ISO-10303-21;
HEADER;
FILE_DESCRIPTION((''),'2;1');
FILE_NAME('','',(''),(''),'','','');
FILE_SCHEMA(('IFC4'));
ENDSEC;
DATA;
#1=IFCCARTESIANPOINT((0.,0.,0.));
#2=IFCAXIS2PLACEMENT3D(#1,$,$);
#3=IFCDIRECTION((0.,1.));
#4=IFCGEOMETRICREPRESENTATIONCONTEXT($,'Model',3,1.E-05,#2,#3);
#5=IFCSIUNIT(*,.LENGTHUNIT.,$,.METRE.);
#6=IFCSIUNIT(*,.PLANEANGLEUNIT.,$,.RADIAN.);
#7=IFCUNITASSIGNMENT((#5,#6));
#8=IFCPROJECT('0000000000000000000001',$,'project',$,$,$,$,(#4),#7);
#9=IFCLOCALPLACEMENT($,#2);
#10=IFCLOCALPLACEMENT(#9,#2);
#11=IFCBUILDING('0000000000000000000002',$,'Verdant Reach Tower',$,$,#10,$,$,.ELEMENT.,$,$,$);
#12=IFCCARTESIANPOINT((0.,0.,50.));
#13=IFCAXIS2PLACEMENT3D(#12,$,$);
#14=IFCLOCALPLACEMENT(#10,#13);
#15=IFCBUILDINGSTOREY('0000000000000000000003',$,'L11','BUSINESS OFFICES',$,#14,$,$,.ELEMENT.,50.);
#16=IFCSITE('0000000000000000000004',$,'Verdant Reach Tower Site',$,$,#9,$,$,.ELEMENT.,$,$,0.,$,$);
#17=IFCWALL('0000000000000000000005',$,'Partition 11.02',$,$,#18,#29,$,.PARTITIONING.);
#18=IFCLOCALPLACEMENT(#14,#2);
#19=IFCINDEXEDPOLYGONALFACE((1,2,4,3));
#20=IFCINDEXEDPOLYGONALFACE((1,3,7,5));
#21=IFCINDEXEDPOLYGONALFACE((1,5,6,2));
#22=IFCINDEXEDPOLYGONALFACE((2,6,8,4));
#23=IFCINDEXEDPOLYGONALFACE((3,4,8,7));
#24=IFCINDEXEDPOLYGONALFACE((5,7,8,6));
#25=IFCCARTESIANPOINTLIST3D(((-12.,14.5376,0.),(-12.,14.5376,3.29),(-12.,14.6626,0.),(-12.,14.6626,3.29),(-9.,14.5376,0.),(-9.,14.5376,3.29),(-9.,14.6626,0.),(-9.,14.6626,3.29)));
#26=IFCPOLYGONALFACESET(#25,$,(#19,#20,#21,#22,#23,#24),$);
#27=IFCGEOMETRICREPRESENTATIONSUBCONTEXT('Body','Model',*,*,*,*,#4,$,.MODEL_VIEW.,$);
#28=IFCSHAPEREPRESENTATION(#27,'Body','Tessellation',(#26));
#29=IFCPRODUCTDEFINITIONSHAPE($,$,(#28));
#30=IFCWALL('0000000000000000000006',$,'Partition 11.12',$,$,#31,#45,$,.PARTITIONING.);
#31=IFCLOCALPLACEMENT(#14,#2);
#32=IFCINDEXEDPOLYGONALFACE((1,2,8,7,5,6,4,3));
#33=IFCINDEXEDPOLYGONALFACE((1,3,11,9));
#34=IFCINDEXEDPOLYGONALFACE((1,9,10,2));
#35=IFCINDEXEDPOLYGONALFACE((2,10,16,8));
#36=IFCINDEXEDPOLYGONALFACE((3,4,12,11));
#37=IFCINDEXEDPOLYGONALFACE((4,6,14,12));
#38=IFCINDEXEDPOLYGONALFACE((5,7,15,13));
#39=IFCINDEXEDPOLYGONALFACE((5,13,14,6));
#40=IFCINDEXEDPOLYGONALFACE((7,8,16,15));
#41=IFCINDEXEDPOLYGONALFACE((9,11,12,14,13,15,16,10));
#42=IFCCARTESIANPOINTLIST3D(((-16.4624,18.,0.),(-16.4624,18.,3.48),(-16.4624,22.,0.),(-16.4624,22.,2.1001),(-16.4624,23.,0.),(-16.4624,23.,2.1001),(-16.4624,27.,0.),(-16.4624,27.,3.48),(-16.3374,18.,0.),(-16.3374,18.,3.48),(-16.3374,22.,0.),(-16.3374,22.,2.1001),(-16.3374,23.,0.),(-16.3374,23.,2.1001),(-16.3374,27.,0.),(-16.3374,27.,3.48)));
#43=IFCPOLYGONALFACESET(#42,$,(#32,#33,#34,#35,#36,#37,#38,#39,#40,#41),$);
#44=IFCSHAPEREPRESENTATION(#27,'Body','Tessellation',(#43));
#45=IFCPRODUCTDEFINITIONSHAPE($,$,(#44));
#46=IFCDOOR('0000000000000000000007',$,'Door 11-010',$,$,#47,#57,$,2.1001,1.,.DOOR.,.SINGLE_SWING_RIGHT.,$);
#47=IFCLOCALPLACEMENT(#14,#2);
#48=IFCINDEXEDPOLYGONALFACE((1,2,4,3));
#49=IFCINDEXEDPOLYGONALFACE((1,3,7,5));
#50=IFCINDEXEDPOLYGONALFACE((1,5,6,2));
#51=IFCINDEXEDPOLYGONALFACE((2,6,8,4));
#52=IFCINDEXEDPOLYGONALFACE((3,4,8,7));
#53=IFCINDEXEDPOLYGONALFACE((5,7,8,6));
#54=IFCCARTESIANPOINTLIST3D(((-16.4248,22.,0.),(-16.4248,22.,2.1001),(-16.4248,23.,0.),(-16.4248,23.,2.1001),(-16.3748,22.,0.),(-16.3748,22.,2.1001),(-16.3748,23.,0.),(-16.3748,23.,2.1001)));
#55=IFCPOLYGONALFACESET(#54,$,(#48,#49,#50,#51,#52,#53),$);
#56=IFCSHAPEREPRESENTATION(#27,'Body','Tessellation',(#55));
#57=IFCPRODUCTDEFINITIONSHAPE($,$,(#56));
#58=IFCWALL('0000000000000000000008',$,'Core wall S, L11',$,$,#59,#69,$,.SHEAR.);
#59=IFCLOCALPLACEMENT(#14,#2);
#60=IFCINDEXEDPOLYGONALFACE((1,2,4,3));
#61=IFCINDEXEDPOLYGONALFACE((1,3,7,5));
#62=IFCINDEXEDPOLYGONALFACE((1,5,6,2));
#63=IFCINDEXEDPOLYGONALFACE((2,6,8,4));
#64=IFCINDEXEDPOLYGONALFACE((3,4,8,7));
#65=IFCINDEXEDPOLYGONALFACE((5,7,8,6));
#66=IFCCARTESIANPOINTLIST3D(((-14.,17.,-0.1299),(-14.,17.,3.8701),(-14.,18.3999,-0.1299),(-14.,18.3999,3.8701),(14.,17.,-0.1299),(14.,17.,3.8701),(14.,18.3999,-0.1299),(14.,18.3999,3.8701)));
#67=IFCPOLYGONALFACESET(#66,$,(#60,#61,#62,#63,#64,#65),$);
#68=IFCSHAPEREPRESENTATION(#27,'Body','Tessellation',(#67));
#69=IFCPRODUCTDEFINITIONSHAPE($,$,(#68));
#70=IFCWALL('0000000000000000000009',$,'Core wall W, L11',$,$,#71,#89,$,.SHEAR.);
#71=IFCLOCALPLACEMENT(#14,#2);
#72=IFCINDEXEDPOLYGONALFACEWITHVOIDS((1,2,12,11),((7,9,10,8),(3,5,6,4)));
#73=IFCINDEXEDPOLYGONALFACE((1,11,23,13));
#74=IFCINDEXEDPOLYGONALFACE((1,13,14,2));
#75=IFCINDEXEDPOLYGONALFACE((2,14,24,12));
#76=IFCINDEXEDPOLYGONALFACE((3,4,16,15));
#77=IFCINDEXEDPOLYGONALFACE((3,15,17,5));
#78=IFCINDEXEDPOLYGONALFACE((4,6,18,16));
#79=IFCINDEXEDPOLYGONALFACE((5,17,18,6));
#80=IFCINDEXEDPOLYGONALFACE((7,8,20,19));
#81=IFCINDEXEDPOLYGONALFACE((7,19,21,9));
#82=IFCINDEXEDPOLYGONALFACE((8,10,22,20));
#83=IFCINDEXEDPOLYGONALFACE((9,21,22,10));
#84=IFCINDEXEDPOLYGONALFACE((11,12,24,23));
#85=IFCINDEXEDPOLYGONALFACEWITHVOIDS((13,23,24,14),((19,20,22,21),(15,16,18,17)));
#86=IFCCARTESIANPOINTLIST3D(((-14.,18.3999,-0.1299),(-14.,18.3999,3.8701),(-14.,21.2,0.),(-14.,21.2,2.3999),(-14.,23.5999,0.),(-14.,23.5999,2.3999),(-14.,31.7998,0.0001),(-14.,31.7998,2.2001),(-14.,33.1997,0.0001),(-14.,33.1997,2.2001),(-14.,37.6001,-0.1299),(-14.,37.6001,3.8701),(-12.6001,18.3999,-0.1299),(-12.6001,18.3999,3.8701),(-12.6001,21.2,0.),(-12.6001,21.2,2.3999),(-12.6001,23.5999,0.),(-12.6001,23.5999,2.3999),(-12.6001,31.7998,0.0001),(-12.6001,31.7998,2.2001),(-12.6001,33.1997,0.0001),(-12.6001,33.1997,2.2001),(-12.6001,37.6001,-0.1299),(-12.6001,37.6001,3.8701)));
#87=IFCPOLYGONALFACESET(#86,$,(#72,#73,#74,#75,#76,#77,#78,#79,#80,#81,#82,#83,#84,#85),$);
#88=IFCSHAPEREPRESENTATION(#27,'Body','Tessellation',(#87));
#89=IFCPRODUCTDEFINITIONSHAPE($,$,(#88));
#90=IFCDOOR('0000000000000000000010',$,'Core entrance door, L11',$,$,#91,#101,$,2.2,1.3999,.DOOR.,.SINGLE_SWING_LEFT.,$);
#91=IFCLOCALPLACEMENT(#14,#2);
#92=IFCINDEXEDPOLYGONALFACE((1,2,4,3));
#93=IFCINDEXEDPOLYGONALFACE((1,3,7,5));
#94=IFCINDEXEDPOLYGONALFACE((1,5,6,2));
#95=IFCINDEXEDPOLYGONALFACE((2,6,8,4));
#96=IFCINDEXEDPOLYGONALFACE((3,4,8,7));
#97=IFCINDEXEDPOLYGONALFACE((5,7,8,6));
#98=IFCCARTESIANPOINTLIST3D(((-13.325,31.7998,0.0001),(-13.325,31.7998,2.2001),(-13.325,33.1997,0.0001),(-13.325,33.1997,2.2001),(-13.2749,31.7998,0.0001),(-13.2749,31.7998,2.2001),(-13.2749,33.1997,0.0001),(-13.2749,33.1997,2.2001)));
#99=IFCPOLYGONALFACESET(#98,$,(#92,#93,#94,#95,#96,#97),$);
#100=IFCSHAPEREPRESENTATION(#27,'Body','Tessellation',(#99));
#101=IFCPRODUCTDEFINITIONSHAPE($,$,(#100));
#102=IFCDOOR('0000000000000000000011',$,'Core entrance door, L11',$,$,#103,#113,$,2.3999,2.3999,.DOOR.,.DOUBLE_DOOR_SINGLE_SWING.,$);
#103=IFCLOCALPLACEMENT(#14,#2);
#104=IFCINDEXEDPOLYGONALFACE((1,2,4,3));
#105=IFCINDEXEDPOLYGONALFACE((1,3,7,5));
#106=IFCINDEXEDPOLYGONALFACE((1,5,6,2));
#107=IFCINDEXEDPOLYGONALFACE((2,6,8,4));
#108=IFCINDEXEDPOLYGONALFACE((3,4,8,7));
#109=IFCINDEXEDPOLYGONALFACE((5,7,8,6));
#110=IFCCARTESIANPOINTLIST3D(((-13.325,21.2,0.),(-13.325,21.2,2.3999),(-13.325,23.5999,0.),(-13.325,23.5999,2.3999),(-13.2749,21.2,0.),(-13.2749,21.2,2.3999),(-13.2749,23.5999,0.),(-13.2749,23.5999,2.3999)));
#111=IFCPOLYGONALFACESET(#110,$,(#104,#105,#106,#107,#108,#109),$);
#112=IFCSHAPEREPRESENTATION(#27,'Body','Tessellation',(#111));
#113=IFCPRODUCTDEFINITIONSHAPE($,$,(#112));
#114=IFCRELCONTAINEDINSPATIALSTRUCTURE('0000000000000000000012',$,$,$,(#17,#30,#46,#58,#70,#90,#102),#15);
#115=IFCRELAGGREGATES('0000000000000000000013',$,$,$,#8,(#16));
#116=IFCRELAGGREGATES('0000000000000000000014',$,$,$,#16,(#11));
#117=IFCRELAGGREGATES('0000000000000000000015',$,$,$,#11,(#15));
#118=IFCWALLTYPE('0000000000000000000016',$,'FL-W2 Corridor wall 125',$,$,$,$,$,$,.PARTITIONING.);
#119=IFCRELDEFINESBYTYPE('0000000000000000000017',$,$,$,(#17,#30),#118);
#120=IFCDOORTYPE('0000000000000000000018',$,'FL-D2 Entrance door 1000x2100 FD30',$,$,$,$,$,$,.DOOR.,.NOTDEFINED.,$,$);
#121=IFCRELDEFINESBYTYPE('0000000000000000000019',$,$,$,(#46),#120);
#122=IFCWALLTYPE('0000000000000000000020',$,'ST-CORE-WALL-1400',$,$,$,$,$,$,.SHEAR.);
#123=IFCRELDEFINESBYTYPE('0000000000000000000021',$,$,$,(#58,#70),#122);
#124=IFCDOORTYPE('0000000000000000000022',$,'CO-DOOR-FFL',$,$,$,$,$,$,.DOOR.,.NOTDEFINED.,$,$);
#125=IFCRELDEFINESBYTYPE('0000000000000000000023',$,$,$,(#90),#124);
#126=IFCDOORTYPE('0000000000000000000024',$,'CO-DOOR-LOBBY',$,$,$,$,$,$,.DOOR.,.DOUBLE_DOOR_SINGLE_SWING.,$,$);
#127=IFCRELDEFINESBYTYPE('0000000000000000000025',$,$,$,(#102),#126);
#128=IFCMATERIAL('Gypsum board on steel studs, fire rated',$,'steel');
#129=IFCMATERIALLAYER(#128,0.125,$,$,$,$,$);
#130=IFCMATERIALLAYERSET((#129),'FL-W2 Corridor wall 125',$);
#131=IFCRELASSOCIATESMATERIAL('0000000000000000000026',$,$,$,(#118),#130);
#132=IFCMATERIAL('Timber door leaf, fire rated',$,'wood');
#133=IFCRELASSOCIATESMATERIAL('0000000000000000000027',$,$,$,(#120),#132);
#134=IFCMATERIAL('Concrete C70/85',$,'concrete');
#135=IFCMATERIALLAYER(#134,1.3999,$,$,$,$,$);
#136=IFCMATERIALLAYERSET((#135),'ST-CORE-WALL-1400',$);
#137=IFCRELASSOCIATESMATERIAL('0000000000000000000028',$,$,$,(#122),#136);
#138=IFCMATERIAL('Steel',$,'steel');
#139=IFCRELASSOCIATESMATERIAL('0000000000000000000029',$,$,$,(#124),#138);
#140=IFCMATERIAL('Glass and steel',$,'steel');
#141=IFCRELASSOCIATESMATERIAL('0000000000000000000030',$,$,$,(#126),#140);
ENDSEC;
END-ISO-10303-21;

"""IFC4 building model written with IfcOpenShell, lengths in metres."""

from ifc_helpers import new_model, si_unit, direction, frame, frame_2d, origin, place, context, subcontext, project, spatial, rectangle, extrude, material, layer, layer_set, type_object, element, fill, save


model = new_model("IFC4")

# Units and contexts
model_context = context("Model", 3, precision=1e-05, world=origin(), true_north=direction((0.0, 1.0)))
body_context = subcontext(model_context, "Body", "Model", "MODEL_VIEW")
ifc_project = project(units=[si_unit("LENGTHUNIT", "METRE"), si_unit("PLANEANGLEUNIT", "RADIAN")], contexts=[model_context])

# Site, building, storey
site_placement = place(None, origin())
site = spatial("IfcSite", under=ifc_project, at=site_placement, Name="Verdant Reach Tower Site", CompositionType="ELEMENT", RefElevation=0.0)
building_placement = place(site_placement, origin())
building = spatial("IfcBuilding", under=site, at=building_placement, Name="Verdant Reach Tower", CompositionType="ELEMENT")
storey_placement = place(building_placement, frame((0.0, 0.0, 50.0)))
storey = spatial("IfcBuildingStorey", under=building, at=storey_placement, Name="L11", Description="BUSINESS OFFICES", CompositionType="ELEMENT", Elevation=50.0)

# Shared definitions
ifc_material_1 = material(Name="Gypsum board on steel studs, fire rated", Category="steel")
ifc_layer_1 = layer(ifc_material_1, 0.125)
ifc_layer_set_1 = layer_set([ifc_layer_1], Name="FL-W2 Corridor wall 125")
wall_type_1 = type_object("IfcWallType", Name="FL-W2 Corridor wall 125", PredefinedType="PARTITIONING", material=ifc_layer_set_1)
ifc_material_2 = material(Name="Timber door leaf, fire rated", Category="wood")
door_type_1 = type_object("IfcDoorType", Name="FL-D2 Entrance door 1000x2100 FD30", OperationType="NOTDEFINED", PredefinedType="DOOR", material=ifc_material_2)

# Wall
wall_1_placement = place(storey_placement, frame((-12.0, 14.6001, 0.0), z_axis=(0.0, 0.0, 1.0), x_axis=(1.0, 0.0, 0.0)))
element("IfcWall", 1, at=wall_1_placement, inside=storey, type_object=wall_type_1, Name="Partition 11.02", PredefinedType="PARTITIONING", context=body_context, shape_type="SweptSolid", body=[
    extrude(rectangle(XDim=3.0, YDim=0.125, at=frame_2d((1.5, 0.0))), origin(), (0.0, 0.0, 1.0), 3.29),
])

# Wall, opening, door
wall_2_placement = place(storey_placement, frame((-16.3999, 18.0, 0.0), z_axis=(0.0, 0.0, 1.0), x_axis=(0.0, 1.0, 0.0)))
wall_2 = element("IfcWall", 2, at=wall_2_placement, inside=storey, type_object=wall_type_1, Name="Partition 11.12", PredefinedType="PARTITIONING", context=body_context, shape_type="SweptSolid", body=[
    extrude(rectangle(XDim=9.0, YDim=0.125, at=frame_2d((4.5, 0.0))), origin(), (0.0, 0.0, 1.0), 3.48),
])
opening_1_placement = place(wall_2_placement, frame((4.0, 0.0, 0.0)))
opening_1 = element("IfcOpeningElement", 3, at=opening_1_placement, cuts=wall_2, PredefinedType="OPENING", context=body_context, shape_type="SweptSolid", body=[
    extrude(rectangle(XDim=1.0, YDim=2.1001, at=frame_2d((0.5, 1.05))), frame((0.0, 0.0725, 0.0), z_axis=(0.0, -1.0, 0.0), x_axis=(1.0, 0.0, 0.0)), (0.0, 0.0, 1.0), 0.145),
])
door_1_placement = place(opening_1_placement, origin())
door_1 = element("IfcDoor", 4, at=door_1_placement, inside=storey, type_object=door_type_1, Name="Door 11-010", OperationType="SINGLE_SWING_RIGHT", OverallHeight=2.1001, OverallWidth=1.0, PredefinedType="DOOR", context=body_context, shape_type="SweptSolid", body=[
    extrude(rectangle(XDim=1.0, YDim=2.1001, at=frame_2d((0.5, 1.05))), frame((0.0, 0.0249, 0.0), z_axis=(0.0, -1.0, 0.0), x_axis=(1.0, 0.0, 0.0)), (0.0, 0.0, 1.0), 0.05),
])
fill(opening_1, door_1)

# Wall
ifc_material_3 = material(Name="Concrete C70/85", Category="concrete")
ifc_layer_2 = layer(ifc_material_3, 1.3999)
ifc_layer_set_2 = layer_set([ifc_layer_2], Name="ST-CORE-WALL-1400")
wall_type_2 = type_object("IfcWallType", Name="ST-CORE-WALL-1400", PredefinedType="SHEAR", material=ifc_layer_set_2)
wall_3_placement = place(storey_placement, frame((-14.0, 17.7, -0.1299), z_axis=(0.0, 0.0, 1.0), x_axis=(1.0, 0.0, 0.0)))
element("IfcWall", 5, at=wall_3_placement, inside=storey, type_object=wall_type_2, Name="Core wall S, L11", PredefinedType="SHEAR", context=body_context, shape_type="SweptSolid", body=[
    extrude(rectangle(XDim=28.0, YDim=1.3999, at=frame_2d((14.0, 0.0))), origin(), (0.0, 0.0, 1.0), 4.0),
])

# Wall, openings, doors
wall_4_placement = place(storey_placement, frame((-13.3, 18.3999, -0.1299), z_axis=(0.0, 0.0, 1.0), x_axis=(0.0, 1.0, 0.0)))
wall_4 = element("IfcWall", 6, at=wall_4_placement, inside=storey, type_object=wall_type_2, Name="Core wall W, L11", PredefinedType="SHEAR", context=body_context, shape_type="SweptSolid", body=[
    extrude(rectangle(XDim=19.2002, YDim=1.3999, at=frame_2d((9.6001, 0.0))), origin(), (0.0, 0.0, 1.0), 4.0),
])
opening_2_placement = place(wall_4_placement, frame((2.8, 0.0, 0.1299)))
opening_2 = element("IfcOpeningElement", 7, at=opening_2_placement, cuts=wall_4, PredefinedType="OPENING", context=body_context, shape_type="SweptSolid", body=[
    extrude(rectangle(XDim=2.3999, YDim=2.3999, at=frame_2d((1.2, 1.2))), frame((0.0, 0.71, 0.0), z_axis=(0.0, -1.0, 0.0), x_axis=(1.0, 0.0, 0.0)), (0.0, 0.0, 1.0), 1.4199),
])
opening_3_placement = place(wall_4_placement, frame((13.3999, 0.0, 0.1299)))
opening_3 = element("IfcOpeningElement", 8, at=opening_3_placement, cuts=wall_4, PredefinedType="OPENING", context=body_context, shape_type="SweptSolid", body=[
    extrude(rectangle(XDim=1.3999, YDim=2.2, at=frame_2d((0.7, 1.1001))), frame((0.0, 0.71, 0.0), z_axis=(0.0, -1.0, 0.0), x_axis=(1.0, 0.0, 0.0)), (0.0, 0.0, 1.0), 1.4199),
])
ifc_material_4 = material(Name="Steel", Category="steel")
door_type_2 = type_object("IfcDoorType", Name="CO-DOOR-FFL", OperationType="NOTDEFINED", PredefinedType="DOOR", material=ifc_material_4)
door_2_placement = place(opening_3_placement, origin())
door_2 = element("IfcDoor", 9, at=door_2_placement, inside=storey, type_object=door_type_2, Name="Core entrance door, L11", OperationType="SINGLE_SWING_LEFT", OverallHeight=2.2, OverallWidth=1.3999, PredefinedType="DOOR", context=body_context, shape_type="SweptSolid", body=[
    extrude(rectangle(XDim=1.3999, YDim=2.2, at=frame_2d((0.7, 1.1001))), frame((0.0, 0.0249, 0.0), z_axis=(0.0, -1.0, 0.0), x_axis=(1.0, 0.0, 0.0)), (0.0, 0.0, 1.0), 0.05),
])
fill(opening_3, door_2)
ifc_material_5 = material(Name="Glass and steel", Category="steel")
door_type_3 = type_object("IfcDoorType", Name="CO-DOOR-LOBBY", OperationType="DOUBLE_DOOR_SINGLE_SWING", PredefinedType="DOOR", material=ifc_material_5)
door_3_placement = place(opening_2_placement, origin())
door_3 = element("IfcDoor", 10, at=door_3_placement, inside=storey, type_object=door_type_3, Name="Core entrance door, L11", OperationType="DOUBLE_DOOR_SINGLE_SWING", OverallHeight=2.3999, OverallWidth=2.3999, PredefinedType="DOOR", context=body_context, shape_type="SweptSolid", body=[
    extrude(rectangle(XDim=2.3999, YDim=2.3999, at=frame_2d((1.2, 1.2))), frame((0.0, 0.0249, 0.0), z_axis=(0.0, -1.0, 0.0), x_axis=(1.0, 0.0, 0.0)), (0.0, 0.0, 1.0), 0.05),
])
fill(opening_2, door_3)

save(model, "model.ifc")
